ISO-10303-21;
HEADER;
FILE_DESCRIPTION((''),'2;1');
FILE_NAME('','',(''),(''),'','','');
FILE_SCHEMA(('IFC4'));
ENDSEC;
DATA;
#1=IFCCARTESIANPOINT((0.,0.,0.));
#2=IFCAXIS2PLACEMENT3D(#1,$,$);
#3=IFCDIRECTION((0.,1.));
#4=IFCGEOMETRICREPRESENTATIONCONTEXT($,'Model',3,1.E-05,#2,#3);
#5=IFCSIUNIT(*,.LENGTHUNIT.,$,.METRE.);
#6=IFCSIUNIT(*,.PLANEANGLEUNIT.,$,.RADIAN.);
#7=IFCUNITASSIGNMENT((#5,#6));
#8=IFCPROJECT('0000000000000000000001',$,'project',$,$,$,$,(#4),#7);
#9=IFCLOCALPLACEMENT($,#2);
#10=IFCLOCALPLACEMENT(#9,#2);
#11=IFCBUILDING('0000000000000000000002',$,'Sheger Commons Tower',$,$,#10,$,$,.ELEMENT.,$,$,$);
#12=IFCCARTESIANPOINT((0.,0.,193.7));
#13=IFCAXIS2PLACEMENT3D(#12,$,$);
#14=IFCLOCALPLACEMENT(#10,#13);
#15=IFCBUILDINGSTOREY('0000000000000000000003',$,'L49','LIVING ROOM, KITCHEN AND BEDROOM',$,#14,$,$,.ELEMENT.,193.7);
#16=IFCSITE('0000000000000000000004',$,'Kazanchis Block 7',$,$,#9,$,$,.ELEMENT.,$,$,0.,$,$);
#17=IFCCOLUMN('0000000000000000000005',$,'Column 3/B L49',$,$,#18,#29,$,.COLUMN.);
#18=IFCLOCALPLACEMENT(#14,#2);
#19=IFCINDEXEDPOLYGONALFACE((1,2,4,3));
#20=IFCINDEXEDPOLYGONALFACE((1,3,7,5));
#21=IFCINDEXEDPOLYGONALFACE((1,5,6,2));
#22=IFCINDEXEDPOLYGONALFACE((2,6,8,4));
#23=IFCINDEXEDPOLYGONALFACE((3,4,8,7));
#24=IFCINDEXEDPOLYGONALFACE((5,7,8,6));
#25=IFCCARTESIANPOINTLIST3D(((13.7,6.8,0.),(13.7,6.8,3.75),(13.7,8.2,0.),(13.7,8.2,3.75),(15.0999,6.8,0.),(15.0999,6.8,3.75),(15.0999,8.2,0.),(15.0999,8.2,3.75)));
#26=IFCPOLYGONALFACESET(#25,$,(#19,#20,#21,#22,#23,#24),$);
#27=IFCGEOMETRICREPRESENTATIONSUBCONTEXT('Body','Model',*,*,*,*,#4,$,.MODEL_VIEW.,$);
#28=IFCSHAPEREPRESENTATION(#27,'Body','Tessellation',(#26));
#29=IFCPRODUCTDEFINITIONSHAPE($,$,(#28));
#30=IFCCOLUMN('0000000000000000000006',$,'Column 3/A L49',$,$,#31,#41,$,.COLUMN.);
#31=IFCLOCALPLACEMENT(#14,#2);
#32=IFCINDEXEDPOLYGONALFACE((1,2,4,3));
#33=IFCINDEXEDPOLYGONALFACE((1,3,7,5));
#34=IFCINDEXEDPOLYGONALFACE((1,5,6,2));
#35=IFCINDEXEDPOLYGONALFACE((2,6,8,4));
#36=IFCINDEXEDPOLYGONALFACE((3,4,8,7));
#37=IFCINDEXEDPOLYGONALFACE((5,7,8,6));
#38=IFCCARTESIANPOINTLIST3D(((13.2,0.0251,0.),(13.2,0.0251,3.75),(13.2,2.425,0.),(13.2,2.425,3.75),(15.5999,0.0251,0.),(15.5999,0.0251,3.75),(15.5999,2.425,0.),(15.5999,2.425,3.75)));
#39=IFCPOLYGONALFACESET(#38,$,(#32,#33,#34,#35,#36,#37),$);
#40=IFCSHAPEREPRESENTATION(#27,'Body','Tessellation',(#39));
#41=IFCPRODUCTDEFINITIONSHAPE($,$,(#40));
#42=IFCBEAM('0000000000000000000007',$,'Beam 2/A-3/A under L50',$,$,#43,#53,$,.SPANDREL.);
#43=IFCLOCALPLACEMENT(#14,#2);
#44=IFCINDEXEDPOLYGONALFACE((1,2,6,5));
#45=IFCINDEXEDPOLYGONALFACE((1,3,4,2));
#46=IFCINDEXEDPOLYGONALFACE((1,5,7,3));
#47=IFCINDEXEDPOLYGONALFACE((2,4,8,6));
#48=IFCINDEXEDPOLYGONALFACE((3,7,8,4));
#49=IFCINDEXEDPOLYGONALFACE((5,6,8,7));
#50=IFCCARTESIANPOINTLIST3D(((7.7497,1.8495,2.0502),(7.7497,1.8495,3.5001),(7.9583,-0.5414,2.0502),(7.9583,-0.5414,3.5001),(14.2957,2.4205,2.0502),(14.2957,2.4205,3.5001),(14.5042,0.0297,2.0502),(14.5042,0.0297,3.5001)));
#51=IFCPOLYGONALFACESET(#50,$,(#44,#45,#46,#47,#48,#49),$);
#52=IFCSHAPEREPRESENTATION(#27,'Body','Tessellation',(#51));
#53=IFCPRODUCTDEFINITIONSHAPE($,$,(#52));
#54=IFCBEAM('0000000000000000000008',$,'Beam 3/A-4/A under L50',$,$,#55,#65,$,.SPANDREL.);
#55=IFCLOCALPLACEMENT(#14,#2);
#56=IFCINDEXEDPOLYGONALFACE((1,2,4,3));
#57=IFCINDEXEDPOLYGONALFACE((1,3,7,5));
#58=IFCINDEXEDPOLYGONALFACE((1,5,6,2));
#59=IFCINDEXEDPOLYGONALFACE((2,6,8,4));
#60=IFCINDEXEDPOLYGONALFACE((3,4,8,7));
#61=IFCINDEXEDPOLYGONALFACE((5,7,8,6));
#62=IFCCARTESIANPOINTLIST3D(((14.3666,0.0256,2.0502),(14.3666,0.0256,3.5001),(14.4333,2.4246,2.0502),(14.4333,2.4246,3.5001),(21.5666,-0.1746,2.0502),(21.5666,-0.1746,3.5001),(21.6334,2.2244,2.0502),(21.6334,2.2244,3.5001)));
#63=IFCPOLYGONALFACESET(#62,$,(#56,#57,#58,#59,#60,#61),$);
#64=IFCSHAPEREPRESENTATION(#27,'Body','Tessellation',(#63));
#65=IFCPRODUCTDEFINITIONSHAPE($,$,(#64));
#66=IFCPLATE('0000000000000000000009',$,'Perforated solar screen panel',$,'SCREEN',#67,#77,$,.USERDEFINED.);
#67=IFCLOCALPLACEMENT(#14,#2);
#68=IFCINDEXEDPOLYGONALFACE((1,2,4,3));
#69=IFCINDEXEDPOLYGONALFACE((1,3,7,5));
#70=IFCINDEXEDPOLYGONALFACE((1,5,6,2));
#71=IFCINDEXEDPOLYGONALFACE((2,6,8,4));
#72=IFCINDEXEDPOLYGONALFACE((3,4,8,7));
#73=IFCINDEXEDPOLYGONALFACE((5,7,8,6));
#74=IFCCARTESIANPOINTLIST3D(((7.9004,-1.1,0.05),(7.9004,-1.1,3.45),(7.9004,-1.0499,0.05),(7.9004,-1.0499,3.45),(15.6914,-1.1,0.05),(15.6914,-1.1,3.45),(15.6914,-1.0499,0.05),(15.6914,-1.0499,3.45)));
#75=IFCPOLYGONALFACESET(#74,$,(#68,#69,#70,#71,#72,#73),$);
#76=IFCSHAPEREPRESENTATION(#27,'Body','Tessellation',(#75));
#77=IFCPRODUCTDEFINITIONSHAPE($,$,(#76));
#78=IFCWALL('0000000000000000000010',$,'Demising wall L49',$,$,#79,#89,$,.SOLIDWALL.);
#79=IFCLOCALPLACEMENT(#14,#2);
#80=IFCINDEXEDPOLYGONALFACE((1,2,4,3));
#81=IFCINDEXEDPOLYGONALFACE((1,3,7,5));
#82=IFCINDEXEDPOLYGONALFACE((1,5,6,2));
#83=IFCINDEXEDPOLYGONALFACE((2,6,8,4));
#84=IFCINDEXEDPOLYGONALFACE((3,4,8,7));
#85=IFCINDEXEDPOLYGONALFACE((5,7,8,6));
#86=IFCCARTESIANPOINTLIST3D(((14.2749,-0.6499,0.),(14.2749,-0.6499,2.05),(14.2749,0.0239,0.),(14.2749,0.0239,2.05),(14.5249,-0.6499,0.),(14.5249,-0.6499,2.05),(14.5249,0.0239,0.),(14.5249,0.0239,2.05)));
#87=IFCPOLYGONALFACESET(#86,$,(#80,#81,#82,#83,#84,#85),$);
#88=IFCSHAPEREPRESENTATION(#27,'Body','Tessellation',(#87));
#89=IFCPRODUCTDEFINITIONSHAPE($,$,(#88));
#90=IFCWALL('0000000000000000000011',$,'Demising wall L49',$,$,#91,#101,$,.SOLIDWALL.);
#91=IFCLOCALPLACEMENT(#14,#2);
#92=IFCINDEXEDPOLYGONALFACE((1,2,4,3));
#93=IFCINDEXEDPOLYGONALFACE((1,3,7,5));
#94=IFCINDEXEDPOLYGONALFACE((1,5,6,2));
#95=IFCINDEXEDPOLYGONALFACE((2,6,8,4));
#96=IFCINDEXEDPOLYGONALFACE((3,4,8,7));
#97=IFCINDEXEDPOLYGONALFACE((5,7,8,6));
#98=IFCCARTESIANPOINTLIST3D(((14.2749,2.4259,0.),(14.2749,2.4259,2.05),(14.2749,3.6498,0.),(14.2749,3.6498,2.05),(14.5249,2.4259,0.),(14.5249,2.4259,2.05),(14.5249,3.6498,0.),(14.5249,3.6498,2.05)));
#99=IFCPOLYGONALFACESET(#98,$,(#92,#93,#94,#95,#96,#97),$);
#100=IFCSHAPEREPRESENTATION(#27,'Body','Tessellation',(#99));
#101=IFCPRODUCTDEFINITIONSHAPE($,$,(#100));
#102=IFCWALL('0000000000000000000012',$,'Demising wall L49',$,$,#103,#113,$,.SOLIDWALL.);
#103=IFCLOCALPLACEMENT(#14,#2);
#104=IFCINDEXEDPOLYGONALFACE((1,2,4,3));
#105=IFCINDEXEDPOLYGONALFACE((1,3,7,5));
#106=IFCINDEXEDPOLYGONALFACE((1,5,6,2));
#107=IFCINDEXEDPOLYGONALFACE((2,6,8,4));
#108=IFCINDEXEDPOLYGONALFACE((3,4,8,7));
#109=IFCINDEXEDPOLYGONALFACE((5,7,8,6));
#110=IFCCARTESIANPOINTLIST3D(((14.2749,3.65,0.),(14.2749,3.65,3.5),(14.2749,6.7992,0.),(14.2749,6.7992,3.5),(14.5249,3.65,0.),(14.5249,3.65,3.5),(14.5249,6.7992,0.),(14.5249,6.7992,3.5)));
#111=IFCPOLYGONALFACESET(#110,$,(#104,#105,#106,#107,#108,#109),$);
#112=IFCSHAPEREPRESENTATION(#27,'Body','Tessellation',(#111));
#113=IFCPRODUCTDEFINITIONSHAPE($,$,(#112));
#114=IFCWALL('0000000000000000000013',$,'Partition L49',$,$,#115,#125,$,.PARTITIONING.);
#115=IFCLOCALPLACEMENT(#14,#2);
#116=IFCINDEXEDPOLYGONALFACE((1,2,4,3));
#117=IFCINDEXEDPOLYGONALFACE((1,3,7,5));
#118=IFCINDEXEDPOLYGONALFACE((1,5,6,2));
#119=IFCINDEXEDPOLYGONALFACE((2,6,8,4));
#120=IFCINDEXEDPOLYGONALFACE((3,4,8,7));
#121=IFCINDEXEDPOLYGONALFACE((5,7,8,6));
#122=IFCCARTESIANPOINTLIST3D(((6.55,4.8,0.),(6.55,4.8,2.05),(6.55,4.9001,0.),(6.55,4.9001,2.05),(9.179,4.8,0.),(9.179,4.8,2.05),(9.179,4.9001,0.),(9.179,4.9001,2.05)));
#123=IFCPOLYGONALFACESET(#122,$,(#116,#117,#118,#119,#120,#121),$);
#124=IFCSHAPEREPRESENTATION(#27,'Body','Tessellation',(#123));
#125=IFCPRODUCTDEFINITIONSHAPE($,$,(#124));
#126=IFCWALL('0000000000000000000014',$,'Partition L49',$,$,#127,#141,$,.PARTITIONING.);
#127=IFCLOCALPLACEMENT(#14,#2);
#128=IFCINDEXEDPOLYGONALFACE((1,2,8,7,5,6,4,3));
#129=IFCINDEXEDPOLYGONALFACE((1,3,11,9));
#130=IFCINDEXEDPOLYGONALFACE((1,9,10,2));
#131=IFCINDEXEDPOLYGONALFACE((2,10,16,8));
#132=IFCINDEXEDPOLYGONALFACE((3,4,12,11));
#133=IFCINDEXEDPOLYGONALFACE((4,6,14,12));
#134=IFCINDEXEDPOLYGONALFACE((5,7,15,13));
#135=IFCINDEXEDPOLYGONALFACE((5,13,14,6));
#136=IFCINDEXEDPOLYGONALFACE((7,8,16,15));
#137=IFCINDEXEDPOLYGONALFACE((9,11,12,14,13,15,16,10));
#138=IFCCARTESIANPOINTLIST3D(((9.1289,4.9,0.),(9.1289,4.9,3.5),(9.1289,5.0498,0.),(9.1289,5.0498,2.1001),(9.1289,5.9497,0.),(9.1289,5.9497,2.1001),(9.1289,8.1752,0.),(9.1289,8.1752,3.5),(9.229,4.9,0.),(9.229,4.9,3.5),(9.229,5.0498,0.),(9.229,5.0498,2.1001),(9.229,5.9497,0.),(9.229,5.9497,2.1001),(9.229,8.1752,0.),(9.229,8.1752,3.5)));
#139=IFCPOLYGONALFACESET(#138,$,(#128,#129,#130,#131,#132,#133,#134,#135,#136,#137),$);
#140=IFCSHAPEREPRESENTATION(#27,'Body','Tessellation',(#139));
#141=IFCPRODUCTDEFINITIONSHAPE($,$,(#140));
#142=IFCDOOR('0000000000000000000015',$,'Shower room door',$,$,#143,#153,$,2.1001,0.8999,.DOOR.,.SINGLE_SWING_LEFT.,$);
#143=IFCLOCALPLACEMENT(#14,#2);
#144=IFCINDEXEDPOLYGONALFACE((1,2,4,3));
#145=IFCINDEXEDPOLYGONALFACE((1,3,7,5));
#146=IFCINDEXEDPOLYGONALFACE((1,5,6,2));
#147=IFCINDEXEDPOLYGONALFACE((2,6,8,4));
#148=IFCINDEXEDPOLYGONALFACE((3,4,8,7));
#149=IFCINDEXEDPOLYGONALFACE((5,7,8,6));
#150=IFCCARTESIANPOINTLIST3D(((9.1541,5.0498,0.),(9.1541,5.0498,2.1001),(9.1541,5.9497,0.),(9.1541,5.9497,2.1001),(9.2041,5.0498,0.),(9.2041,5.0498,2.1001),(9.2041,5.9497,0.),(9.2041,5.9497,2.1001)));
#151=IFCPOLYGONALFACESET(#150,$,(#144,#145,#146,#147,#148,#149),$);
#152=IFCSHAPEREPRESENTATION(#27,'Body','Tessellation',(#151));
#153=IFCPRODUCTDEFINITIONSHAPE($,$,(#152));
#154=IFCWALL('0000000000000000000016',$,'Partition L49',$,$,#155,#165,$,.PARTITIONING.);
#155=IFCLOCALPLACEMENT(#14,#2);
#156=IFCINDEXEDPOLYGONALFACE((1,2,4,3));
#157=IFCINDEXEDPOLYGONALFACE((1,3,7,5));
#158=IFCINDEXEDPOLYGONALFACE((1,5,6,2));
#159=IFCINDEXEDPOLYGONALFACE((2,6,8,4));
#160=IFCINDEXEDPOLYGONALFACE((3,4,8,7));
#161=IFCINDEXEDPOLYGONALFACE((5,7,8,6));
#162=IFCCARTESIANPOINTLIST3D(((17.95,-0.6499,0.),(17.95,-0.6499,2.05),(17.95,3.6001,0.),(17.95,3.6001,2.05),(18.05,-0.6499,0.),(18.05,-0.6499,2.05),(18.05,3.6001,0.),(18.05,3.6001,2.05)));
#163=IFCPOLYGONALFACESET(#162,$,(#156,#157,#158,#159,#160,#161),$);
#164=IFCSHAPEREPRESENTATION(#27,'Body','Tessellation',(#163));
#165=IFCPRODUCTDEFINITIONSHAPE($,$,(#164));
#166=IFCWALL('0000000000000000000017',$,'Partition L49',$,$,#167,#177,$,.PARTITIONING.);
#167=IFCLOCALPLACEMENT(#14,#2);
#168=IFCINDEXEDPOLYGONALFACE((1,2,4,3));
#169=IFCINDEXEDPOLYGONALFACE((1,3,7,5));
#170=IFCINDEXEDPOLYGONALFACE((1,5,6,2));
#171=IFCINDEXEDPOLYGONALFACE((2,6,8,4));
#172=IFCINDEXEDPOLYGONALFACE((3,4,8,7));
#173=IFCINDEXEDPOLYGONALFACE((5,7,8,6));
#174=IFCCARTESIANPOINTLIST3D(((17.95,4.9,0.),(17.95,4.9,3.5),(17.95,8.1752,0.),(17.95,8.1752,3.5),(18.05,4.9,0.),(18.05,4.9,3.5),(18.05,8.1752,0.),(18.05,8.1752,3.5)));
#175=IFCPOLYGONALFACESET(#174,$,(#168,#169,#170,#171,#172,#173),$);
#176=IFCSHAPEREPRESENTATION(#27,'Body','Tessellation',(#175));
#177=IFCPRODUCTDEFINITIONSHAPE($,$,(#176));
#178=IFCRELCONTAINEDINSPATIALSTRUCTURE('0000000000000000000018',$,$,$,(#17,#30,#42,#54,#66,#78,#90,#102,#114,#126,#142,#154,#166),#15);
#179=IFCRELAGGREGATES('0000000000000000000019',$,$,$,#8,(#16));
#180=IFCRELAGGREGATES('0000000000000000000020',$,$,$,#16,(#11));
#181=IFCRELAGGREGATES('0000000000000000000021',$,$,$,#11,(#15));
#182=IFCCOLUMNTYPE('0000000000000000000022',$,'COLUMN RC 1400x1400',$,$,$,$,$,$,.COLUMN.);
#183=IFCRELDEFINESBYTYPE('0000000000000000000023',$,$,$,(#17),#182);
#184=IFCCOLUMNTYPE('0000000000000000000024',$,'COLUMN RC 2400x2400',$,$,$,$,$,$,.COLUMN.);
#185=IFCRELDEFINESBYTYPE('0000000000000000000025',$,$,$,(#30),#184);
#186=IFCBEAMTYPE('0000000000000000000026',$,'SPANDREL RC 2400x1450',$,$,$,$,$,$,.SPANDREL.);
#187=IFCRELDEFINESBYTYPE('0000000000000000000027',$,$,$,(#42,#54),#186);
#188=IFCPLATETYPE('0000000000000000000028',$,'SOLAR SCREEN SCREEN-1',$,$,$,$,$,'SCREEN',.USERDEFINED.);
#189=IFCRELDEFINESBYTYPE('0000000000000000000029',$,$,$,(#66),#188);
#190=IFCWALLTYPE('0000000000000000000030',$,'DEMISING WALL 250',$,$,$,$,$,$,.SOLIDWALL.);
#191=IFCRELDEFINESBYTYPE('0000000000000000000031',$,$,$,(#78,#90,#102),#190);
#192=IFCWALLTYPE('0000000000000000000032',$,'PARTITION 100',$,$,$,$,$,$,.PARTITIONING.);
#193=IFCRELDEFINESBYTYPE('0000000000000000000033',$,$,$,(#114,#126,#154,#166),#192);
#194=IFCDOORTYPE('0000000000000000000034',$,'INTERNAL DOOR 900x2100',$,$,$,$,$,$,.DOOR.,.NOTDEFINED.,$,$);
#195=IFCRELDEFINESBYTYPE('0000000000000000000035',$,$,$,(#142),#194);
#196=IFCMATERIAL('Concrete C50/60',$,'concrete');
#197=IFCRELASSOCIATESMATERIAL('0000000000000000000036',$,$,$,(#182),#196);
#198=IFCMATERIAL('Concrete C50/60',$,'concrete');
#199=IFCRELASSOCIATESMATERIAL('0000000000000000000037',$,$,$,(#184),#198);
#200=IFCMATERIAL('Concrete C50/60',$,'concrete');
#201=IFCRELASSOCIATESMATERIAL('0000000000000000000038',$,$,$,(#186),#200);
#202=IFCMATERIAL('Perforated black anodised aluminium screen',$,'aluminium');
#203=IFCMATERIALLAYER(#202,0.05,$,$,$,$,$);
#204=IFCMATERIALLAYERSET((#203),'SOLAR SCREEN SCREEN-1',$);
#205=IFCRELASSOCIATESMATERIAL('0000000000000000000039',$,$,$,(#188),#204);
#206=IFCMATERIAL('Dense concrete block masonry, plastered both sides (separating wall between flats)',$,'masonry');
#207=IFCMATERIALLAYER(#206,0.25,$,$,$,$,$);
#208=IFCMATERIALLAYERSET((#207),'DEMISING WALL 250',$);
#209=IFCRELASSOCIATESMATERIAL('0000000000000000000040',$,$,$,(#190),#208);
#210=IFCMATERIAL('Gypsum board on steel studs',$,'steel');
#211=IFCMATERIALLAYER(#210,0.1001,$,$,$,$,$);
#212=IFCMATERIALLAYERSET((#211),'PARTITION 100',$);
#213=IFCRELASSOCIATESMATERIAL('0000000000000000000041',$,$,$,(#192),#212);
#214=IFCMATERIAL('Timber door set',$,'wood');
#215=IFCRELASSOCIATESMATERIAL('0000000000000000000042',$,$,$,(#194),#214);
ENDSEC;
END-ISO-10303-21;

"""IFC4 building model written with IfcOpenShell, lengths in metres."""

from ifc_helpers import new_model, si_unit, direction, frame, frame_2d, origin, origin_2d, place, context, subcontext, project, spatial, rectangle, extrude, material, layer, layer_set, material_profile, profile_set, type_object, element, fill, save


model = new_model("IFC4")

# Units and contexts
model_context = context("Model", 3, precision=1e-05, world=origin(), true_north=direction((0.0, 1.0)))
body_context = subcontext(model_context, "Body", "Model", "MODEL_VIEW")
ifc_project = project(units=[si_unit("LENGTHUNIT", "METRE"), si_unit("PLANEANGLEUNIT", "RADIAN")], contexts=[model_context])

# Site, building, storey
site_placement = place(None, origin())
site = spatial("IfcSite", under=ifc_project, at=site_placement, Name="Kazanchis Block 7", CompositionType="ELEMENT", RefElevation=0.0)
building_placement = place(site_placement, origin())
building = spatial("IfcBuilding", under=site, at=building_placement, Name="Sheger Commons Tower", CompositionType="ELEMENT")
storey_placement = place(building_placement, frame((0.0, 0.0, 193.7)))
storey = spatial("IfcBuildingStorey", under=building, at=storey_placement, Name="L49", Description="LIVING ROOM, KITCHEN AND BEDROOM", CompositionType="ELEMENT", Elevation=193.7)

# Columns
ifc_material_1 = material(Name="Concrete C50/60", Category="concrete")
ifc_material_profile_1 = material_profile(ifc_material_1, rectangle(XDim=1.3999, YDim=1.3999, at=origin_2d()), Name="RC 1400x1400")
ifc_profile_set_1 = profile_set([ifc_material_profile_1], Name="Concrete C50/60")
column_type_1 = type_object("IfcColumnType", Name="COLUMN RC 1400x1400", PredefinedType="COLUMN", material=ifc_profile_set_1)
column_1_placement = place(storey_placement, frame((14.3999, 7.5, 0.0), z_axis=(0.0, 0.0, 1.0), x_axis=(1.0, 0.0, 0.0)))
element("IfcColumn", 1, at=column_1_placement, inside=storey, type_object=column_type_1, Name="Column 3/B L49", PredefinedType="COLUMN", context=body_context, shape_type="SweptSolid", body=[
    extrude(rectangle(XDim=1.3999, YDim=1.3999, at=origin_2d()), origin(), (0.0, 0.0, 1.0), 3.75),
])
ifc_material_2 = material(Name="Concrete C50/60", Category="concrete")
ifc_material_profile_2 = material_profile(ifc_material_2, rectangle(XDim=2.3999, YDim=2.3999, at=origin_2d()), Name="RC 2400x2400")
ifc_profile_set_2 = profile_set([ifc_material_profile_2], Name="Concrete C50/60")
column_type_2 = type_object("IfcColumnType", Name="COLUMN RC 2400x2400", PredefinedType="COLUMN", material=ifc_profile_set_2)
column_2_placement = place(storey_placement, frame((14.3999, 1.2251, 0.0), z_axis=(0.0, 0.0, 1.0), x_axis=(1.0, 0.0, 0.0)))
element("IfcColumn", 2, at=column_2_placement, inside=storey, type_object=column_type_2, Name="Column 3/A L49", PredefinedType="COLUMN", context=body_context, shape_type="SweptSolid", body=[
    extrude(rectangle(XDim=2.3999, YDim=2.3999, at=origin_2d()), origin(), (0.0, 0.0, 1.0), 3.75),
])

# Beams
ifc_material_3 = material(Name="Concrete C50/60", Category="concrete")
ifc_material_profile_3 = material_profile(ifc_material_3, rectangle(XDim=2.3999, YDim=1.45, at=origin_2d()), Name="RC 2400x1450")
ifc_profile_set_3 = profile_set([ifc_material_profile_3], Name="Concrete C50/60")
beam_type = type_object("IfcBeamType", Name="SPANDREL RC 2400x1450", PredefinedType="SPANDREL", material=ifc_profile_set_3)
beam_1_placement = place(storey_placement, frame((7.854, 0.6541, 2.7751), z_axis=(0.996216, 0.086907, 0.0), x_axis=(-0.086907, 0.996216, 0.0)))
element("IfcBeam", 3, at=beam_1_placement, inside=storey, type_object=beam_type, Name="Beam 2/A-3/A under L50", PredefinedType="SPANDREL", context=body_context, shape_type="SweptSolid", body=[
    extrude(rectangle(XDim=2.3999, YDim=1.45, at=origin_2d()), origin(), (0.0, 0.0, 1.0), 6.5708),
])
beam_2_placement = place(storey_placement, frame((14.3999, 1.2251, 2.7751), z_axis=(0.999614, -0.027793, 0.0), x_axis=(0.027793, 0.999614, 0.0)))
element("IfcBeam", 4, at=beam_2_placement, inside=storey, type_object=beam_type, Name="Beam 3/A-4/A under L50", PredefinedType="SPANDREL", context=body_context, shape_type="SweptSolid", body=[
    extrude(rectangle(XDim=2.3999, YDim=1.45, at=origin_2d()), origin(), (0.0, 0.0, 1.0), 7.2029),
])

# Plate
ifc_material_4 = material(Name="Perforated black anodised aluminium screen", Category="aluminium")
ifc_layer_1 = layer(ifc_material_4, 0.05)
ifc_layer_set_1 = layer_set([ifc_layer_1], Name="SOLAR SCREEN SCREEN-1")
plate_type = type_object("IfcPlateType", Name="SOLAR SCREEN SCREEN-1", ElementType="SCREEN", PredefinedType="USERDEFINED", material=ifc_layer_set_1)
plate_placement = place(storey_placement, frame((11.7959, -1.075, 0.05), z_axis=(0.0, 0.0, 1.0), x_axis=(1.0, 0.0, 0.0)))
element("IfcPlate", 5, at=plate_placement, inside=storey, type_object=plate_type, Name="Perforated solar screen panel", ObjectType="SCREEN", PredefinedType="USERDEFINED", context=body_context, shape_type="SweptSolid", body=[
    extrude(rectangle(XDim=7.791, YDim=0.05, at=origin_2d()), origin(), (0.0, 0.0, 1.0), 3.3999),
])

# Walls
ifc_material_5 = material(Name="Dense concrete block masonry, plastered both sides (separating wall between flats)", Category="masonry")
ifc_layer_2 = layer(ifc_material_5, 0.25)
ifc_layer_set_2 = layer_set([ifc_layer_2], Name="DEMISING WALL 250")
wall_type_1 = type_object("IfcWallType", Name="DEMISING WALL 250", PredefinedType="SOLIDWALL", material=ifc_layer_set_2)
wall_1_placement = place(storey_placement, frame((14.3999, -0.6499, 0.0), z_axis=(0.0, 0.0, 1.0), x_axis=(0.0, 1.0, 0.0)))
element("IfcWall", 6, at=wall_1_placement, inside=storey, type_object=wall_type_1, Name="Demising wall L49", PredefinedType="SOLIDWALL", context=body_context, shape_type="SweptSolid", body=[
    extrude(rectangle(XDim=0.6738, YDim=0.25, at=frame_2d((0.3369, 0.0))), origin(), (0.0, 0.0, 1.0), 2.05),
])
wall_2_placement = place(storey_placement, frame((14.3999, 2.426, 0.0), z_axis=(0.0, 0.0, 1.0), x_axis=(0.0, 1.0, 0.0)))
element("IfcWall", 7, at=wall_2_placement, inside=storey, type_object=wall_type_1, Name="Demising wall L49", PredefinedType="SOLIDWALL", context=body_context, shape_type="SweptSolid", body=[
    extrude(rectangle(XDim=1.2239, YDim=0.25, at=frame_2d((0.6118, 0.0))), origin(), (0.0, 0.0, 1.0), 2.05),
])
wall_3_placement = place(storey_placement, frame((14.3999, 3.6499, 0.0), z_axis=(0.0, 0.0, 1.0), x_axis=(0.0, 1.0, 0.0)))
element("IfcWall", 8, at=wall_3_placement, inside=storey, type_object=wall_type_1, Name="Demising wall L49", PredefinedType="SOLIDWALL", context=body_context, shape_type="SweptSolid", body=[
    extrude(rectangle(XDim=3.1492, YDim=0.25, at=frame_2d((1.5747, 0.0))), origin(), (0.0, 0.0, 1.0), 3.5),
])
ifc_material_6 = material(Name="Gypsum board on steel studs", Category="steel")
ifc_layer_3 = layer(ifc_material_6, 0.1001)
ifc_layer_set_3 = layer_set([ifc_layer_3], Name="PARTITION 100")
wall_type_2 = type_object("IfcWallType", Name="PARTITION 100", PredefinedType="PARTITIONING", material=ifc_layer_set_3)
wall_4_placement = place(storey_placement, frame((9.179, 4.8501, 0.0), z_axis=(0.0, 0.0, 1.0), x_axis=(-1.0, 0.0, 0.0)))
element("IfcWall", 9, at=wall_4_placement, inside=storey, type_object=wall_type_2, Name="Partition L49", PredefinedType="PARTITIONING", context=body_context, shape_type="SweptSolid", body=[
    extrude(rectangle(XDim=2.6289, YDim=0.1001, at=frame_2d((1.3145, 0.0))), origin(), (0.0, 0.0, 1.0), 2.05),
])

# Wall, opening, door
wall_5_placement = place(storey_placement, frame((9.179, 4.8999, 0.0), z_axis=(0.0, 0.0, 1.0), x_axis=(0.0, 1.0, 0.0)))
wall_5 = element("IfcWall", 10, at=wall_5_placement, inside=storey, type_object=wall_type_2, Name="Partition L49", PredefinedType="PARTITIONING", context=body_context, shape_type="SweptSolid", body=[
    extrude(rectangle(XDim=3.2751, YDim=0.1001, at=frame_2d((1.6377, 0.0))), origin(), (0.0, 0.0, 1.0), 3.5),
])
opening_placement = place(wall_5_placement, frame((0.1499, 0.0, 0.0)))
opening = element("IfcOpeningElement", 11, at=opening_placement, cuts=wall_5, PredefinedType="OPENING", context=body_context, shape_type="SweptSolid", body=[
    extrude(rectangle(XDim=0.8999, YDim=2.1001, at=frame_2d((0.45, 1.05))), frame((0.0, 0.0601, 0.0), z_axis=(0.0, -1.0, 0.0), x_axis=(1.0, 0.0, 0.0)), (0.0, 0.0, 1.0), 0.1201),
])
ifc_material_7 = material(Name="Timber door set", Category="wood")
door_type = type_object("IfcDoorType", Name="INTERNAL DOOR 900x2100", OperationType="NOTDEFINED", PredefinedType="DOOR", material=ifc_material_7)
door_placement = place(opening_placement, origin())
door = element("IfcDoor", 12, at=door_placement, inside=storey, type_object=door_type, Name="Shower room door", OperationType="SINGLE_SWING_LEFT", OverallHeight=2.1001, OverallWidth=0.8999, PredefinedType="DOOR", context=body_context, shape_type="SweptSolid", body=[
    extrude(rectangle(XDim=0.8999, YDim=2.1001, at=frame_2d((0.45, 1.05))), frame((0.0, 0.0249, 0.0), z_axis=(0.0, -1.0, 0.0), x_axis=(1.0, 0.0, 0.0)), (0.0, 0.0, 1.0), 0.05),
])
fill(opening, door)

# Walls
wall_6_placement = place(storey_placement, frame((18.0, -0.6499, 0.0), z_axis=(0.0, 0.0, 1.0), x_axis=(0.0, 1.0, 0.0)))
element("IfcWall", 13, at=wall_6_placement, inside=storey, type_object=wall_type_2, Name="Partition L49", PredefinedType="PARTITIONING", context=body_context, shape_type="SweptSolid", body=[
    extrude(rectangle(XDim=4.25, YDim=0.1001, at=frame_2d((2.125, 0.0))), origin(), (0.0, 0.0, 1.0), 2.05),
])
wall_7_placement = place(storey_placement, frame((18.0, 4.8999, 0.0), z_axis=(0.0, 0.0, 1.0), x_axis=(0.0, 1.0, 0.0)))
element("IfcWall", 14, at=wall_7_placement, inside=storey, type_object=wall_type_2, Name="Partition L49", PredefinedType="PARTITIONING", context=body_context, shape_type="SweptSolid", body=[
    extrude(rectangle(XDim=3.2751, YDim=0.1001, at=frame_2d((1.6377, 0.0))), origin(), (0.0, 0.0, 1.0), 3.5),
])

save(model, "model.ifc")
